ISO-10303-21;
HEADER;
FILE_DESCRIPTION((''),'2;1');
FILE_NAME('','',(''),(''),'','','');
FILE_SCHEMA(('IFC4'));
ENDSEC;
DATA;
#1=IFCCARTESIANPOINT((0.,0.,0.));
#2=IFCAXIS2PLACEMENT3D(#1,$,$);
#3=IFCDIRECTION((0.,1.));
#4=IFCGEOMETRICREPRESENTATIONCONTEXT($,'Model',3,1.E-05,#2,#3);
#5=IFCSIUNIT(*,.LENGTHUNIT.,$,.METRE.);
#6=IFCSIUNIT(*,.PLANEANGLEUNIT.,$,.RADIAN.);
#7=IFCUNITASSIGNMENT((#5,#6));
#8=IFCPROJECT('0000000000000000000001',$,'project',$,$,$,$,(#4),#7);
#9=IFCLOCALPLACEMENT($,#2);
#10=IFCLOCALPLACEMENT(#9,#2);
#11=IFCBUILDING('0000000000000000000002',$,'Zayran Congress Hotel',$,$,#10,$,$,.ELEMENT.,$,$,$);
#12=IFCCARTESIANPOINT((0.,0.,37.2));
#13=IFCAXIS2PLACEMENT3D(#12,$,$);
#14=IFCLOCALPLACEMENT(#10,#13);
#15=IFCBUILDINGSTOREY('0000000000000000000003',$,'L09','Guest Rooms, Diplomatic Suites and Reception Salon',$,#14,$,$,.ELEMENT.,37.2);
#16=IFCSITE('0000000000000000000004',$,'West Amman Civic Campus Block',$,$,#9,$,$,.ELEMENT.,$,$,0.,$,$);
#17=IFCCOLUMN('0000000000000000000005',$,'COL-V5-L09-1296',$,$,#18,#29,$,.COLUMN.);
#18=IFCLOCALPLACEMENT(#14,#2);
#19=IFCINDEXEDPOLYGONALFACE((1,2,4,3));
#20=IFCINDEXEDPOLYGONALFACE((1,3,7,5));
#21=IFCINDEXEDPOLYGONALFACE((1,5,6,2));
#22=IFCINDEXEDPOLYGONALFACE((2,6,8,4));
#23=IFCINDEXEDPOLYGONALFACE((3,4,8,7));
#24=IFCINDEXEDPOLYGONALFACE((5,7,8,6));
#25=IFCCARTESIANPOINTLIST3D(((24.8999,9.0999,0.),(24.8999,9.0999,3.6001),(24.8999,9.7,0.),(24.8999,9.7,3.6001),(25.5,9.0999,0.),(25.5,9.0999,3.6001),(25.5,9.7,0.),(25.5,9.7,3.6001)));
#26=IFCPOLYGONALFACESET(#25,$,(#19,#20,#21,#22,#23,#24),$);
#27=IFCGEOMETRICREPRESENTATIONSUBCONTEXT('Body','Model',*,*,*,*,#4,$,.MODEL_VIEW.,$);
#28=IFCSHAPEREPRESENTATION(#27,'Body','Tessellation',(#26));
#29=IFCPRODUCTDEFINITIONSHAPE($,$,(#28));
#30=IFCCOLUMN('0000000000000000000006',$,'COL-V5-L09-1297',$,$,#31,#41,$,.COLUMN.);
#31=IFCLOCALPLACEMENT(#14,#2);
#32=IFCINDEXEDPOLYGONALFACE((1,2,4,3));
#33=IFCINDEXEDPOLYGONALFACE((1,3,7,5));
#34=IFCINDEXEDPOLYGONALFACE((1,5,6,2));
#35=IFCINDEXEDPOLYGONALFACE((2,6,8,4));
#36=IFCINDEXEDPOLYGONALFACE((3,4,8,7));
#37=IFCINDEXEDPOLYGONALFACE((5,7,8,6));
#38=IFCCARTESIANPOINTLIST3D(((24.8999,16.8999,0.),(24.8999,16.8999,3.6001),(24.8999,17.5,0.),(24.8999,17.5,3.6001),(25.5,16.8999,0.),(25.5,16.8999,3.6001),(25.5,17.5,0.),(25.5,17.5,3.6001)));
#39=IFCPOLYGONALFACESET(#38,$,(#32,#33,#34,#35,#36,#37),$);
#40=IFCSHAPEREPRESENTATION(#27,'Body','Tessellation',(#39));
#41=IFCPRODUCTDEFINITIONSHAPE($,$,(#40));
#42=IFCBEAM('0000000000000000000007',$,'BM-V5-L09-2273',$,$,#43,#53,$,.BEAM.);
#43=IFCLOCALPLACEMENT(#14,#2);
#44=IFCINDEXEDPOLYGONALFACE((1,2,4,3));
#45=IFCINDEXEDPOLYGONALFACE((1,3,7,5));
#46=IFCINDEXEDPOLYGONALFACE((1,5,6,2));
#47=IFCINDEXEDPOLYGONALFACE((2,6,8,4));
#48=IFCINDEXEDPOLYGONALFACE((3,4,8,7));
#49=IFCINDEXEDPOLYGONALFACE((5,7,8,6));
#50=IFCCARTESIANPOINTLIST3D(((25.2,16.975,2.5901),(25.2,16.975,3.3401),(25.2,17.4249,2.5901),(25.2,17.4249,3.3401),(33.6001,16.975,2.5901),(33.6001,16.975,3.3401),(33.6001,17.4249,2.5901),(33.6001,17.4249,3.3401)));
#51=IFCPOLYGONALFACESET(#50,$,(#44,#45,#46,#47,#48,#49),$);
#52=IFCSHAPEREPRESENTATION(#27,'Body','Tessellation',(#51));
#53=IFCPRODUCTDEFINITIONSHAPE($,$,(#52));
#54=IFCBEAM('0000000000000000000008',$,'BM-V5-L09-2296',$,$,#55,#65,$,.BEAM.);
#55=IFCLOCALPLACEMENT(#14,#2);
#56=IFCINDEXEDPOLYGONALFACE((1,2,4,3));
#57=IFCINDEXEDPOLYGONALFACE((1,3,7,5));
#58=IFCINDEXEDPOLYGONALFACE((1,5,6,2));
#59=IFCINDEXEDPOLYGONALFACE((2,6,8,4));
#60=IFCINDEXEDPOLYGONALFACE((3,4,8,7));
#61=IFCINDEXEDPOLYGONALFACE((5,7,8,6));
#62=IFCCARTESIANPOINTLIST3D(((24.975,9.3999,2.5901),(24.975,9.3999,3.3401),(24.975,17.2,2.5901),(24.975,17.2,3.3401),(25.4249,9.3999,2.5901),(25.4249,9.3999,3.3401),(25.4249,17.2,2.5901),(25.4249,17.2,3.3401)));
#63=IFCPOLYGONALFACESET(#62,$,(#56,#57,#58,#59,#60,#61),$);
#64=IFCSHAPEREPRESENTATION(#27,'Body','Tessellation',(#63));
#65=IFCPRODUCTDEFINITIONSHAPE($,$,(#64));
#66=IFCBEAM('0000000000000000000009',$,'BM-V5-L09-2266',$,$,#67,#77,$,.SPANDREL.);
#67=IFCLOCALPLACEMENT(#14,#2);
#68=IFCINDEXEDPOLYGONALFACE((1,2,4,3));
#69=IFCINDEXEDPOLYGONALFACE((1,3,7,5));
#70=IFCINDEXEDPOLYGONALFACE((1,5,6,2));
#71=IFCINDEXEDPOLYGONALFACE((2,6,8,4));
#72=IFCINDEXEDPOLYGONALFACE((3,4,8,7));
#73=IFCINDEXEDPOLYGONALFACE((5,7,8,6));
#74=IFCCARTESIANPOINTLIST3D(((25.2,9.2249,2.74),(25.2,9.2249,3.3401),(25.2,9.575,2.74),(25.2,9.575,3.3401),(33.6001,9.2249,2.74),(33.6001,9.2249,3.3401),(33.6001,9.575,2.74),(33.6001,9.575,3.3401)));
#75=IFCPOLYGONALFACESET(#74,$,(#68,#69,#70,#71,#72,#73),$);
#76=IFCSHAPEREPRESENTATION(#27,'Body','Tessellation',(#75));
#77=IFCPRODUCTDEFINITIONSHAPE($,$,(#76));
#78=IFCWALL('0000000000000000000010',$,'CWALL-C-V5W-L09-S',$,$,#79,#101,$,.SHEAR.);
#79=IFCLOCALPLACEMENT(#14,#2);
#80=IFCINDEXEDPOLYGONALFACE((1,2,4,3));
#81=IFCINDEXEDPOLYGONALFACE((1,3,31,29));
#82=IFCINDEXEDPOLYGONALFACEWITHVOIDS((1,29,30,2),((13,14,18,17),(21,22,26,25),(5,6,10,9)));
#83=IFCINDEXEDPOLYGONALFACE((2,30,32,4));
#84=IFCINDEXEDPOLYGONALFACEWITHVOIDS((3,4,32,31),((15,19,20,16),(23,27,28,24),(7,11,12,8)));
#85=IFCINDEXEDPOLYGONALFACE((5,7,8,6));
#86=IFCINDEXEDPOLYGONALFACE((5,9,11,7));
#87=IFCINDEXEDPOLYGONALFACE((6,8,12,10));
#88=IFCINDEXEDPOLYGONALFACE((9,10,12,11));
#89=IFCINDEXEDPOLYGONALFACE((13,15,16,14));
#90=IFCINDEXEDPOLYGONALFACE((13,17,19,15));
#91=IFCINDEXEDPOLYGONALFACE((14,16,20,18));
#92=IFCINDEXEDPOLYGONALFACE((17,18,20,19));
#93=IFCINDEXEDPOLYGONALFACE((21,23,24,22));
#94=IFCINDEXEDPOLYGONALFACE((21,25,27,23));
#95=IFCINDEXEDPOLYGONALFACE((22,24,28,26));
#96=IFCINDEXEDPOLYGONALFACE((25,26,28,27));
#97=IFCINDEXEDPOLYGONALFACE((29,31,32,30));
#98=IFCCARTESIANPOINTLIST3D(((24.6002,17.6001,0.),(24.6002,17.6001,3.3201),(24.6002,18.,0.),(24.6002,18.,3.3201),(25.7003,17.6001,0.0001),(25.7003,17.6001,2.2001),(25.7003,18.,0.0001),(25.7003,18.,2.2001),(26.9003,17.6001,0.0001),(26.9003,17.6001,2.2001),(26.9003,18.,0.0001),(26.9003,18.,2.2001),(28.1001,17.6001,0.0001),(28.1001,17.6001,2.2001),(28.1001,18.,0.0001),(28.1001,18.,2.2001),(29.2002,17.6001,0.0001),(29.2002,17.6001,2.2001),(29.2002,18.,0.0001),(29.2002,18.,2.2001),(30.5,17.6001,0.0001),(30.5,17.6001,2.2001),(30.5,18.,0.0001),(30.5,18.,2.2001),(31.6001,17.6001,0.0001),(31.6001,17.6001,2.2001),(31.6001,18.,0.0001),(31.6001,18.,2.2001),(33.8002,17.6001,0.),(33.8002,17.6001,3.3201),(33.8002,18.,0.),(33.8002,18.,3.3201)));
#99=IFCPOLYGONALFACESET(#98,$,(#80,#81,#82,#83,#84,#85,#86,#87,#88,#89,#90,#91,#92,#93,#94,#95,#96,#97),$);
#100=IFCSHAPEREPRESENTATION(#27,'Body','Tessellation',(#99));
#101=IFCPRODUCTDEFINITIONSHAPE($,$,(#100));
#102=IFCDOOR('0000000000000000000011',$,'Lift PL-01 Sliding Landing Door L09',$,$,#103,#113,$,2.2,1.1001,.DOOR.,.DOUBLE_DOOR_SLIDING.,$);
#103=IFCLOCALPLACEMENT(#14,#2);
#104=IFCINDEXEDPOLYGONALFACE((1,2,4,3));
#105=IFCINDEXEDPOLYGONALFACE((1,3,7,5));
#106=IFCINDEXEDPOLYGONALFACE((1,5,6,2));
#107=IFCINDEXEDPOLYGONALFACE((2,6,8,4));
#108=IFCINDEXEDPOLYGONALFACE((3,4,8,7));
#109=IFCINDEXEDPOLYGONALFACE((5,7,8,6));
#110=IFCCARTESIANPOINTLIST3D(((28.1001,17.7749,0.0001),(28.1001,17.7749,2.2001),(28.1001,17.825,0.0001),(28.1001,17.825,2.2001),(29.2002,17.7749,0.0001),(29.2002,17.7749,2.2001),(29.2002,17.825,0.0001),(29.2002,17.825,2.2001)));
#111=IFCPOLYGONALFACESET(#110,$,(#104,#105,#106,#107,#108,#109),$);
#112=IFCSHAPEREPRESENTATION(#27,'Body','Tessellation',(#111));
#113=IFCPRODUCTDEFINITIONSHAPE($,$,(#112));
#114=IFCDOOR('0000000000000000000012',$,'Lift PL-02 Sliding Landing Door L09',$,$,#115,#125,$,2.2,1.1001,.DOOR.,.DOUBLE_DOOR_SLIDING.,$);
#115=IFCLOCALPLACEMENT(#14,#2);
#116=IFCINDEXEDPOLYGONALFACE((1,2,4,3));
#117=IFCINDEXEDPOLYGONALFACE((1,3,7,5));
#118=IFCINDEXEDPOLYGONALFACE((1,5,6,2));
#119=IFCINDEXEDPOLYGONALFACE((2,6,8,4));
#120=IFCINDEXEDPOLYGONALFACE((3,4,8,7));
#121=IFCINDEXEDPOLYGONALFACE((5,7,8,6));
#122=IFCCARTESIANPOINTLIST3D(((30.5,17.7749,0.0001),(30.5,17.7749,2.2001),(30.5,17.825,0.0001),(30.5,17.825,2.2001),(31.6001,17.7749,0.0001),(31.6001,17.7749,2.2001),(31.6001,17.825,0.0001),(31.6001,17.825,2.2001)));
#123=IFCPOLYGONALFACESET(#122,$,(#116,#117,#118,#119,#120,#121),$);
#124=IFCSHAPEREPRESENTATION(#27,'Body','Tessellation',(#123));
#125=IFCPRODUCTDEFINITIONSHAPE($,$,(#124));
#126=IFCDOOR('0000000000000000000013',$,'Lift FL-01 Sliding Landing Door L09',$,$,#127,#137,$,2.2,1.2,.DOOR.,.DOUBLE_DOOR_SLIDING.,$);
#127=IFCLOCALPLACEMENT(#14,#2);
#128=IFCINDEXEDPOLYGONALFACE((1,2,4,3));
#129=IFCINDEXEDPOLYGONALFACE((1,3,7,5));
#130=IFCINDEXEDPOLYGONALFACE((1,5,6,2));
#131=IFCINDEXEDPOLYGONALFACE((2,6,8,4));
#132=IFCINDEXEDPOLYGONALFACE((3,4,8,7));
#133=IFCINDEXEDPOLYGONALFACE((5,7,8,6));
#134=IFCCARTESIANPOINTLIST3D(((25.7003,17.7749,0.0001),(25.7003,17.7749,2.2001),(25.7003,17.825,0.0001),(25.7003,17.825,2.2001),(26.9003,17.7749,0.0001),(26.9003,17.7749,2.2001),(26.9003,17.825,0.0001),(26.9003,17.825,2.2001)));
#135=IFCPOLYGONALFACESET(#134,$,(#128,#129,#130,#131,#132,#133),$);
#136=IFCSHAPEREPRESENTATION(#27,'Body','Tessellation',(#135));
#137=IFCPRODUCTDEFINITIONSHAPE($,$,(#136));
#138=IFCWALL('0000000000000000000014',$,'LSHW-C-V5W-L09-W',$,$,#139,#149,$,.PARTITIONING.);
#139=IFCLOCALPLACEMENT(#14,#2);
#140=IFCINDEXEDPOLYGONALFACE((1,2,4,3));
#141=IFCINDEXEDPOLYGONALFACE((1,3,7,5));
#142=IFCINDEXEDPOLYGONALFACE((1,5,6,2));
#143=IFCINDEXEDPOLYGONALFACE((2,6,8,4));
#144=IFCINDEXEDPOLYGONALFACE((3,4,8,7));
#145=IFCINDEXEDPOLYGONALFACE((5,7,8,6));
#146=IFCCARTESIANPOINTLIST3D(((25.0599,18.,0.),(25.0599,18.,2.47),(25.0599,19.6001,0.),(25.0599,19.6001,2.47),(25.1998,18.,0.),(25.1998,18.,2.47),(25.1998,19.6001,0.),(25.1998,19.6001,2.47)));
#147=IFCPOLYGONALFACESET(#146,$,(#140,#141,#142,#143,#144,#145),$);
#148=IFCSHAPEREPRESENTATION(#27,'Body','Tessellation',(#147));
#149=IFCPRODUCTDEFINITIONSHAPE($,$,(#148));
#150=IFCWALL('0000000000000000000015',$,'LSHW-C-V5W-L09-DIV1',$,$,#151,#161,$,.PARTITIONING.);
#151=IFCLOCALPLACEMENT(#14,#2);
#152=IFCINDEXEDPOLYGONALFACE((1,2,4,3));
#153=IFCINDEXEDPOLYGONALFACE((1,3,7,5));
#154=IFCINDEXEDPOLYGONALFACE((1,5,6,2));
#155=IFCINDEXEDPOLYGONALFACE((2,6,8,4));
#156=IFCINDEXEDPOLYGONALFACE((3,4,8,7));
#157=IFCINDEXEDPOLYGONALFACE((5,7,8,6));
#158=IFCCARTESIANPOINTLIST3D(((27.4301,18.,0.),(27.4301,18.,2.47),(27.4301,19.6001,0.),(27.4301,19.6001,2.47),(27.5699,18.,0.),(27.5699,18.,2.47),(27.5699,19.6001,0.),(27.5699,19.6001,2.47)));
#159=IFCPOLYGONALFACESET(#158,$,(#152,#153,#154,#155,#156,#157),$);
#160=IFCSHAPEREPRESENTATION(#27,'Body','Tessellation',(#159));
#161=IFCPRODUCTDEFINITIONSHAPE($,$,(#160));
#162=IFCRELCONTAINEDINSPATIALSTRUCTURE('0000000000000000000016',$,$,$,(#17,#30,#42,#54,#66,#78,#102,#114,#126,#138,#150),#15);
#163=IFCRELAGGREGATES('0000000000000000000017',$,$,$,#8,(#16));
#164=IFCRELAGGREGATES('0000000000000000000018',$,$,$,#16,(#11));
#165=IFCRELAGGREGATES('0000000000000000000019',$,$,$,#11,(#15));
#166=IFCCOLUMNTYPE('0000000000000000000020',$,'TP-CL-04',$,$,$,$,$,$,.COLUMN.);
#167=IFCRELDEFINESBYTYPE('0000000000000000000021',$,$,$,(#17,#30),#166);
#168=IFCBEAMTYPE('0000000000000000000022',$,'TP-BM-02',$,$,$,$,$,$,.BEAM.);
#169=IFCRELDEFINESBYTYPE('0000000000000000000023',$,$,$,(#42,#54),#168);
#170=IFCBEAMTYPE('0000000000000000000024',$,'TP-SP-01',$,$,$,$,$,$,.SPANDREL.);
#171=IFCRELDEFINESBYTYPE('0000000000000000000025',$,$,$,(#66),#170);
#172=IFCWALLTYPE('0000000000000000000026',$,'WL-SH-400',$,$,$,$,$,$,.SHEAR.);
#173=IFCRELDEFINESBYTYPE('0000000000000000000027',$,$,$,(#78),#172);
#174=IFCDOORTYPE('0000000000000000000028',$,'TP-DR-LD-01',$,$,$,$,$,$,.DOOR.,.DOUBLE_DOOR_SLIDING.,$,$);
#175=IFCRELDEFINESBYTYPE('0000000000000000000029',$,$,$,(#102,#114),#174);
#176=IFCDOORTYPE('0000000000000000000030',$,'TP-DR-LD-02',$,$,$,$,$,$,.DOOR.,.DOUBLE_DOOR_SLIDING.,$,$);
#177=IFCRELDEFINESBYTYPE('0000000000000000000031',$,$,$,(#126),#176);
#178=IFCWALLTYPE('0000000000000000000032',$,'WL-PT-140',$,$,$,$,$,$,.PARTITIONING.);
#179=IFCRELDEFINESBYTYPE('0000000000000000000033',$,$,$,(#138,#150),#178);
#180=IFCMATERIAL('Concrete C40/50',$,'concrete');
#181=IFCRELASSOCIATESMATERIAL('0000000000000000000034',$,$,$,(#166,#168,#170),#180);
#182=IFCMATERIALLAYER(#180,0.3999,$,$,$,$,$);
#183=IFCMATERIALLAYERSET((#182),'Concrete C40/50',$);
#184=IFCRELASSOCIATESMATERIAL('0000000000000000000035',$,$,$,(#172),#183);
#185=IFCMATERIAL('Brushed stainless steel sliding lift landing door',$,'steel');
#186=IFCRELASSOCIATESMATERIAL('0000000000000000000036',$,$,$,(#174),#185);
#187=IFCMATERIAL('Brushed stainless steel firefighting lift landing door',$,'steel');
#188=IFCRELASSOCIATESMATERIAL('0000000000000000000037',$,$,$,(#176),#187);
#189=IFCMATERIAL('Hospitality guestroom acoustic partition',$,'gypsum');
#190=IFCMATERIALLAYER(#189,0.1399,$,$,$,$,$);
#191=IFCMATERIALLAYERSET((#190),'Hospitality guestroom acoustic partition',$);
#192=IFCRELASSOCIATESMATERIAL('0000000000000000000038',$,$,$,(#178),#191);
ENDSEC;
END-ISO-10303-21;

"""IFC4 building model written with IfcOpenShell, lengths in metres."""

from ifc_helpers import new_model, si_unit, direction, frame, frame_2d, origin, origin_2d, place, context, subcontext, project, spatial, rectangle, extrude, material, layer, layer_set, material_profile, profile_set, type_object, element, fill, save


model = new_model("IFC4")

# Units and contexts
model_context = context("Model", 3, precision=1e-05, world=origin(), true_north=direction((0.0, 1.0)))
body_context = subcontext(model_context, "Body", "Model", "MODEL_VIEW")
ifc_project = project(units=[si_unit("LENGTHUNIT", "METRE"), si_unit("PLANEANGLEUNIT", "RADIAN")], contexts=[model_context])

# Site, building, storey
site_placement = place(None, origin())
site = spatial("IfcSite", under=ifc_project, at=site_placement, Name="West Amman Civic Campus Block", CompositionType="ELEMENT", RefElevation=0.0)
building_placement = place(site_placement, origin())
building = spatial("IfcBuilding", under=site, at=building_placement, Name="Zayran Congress Hotel", CompositionType="ELEMENT")
storey_placement = place(building_placement, frame((0.0, 0.0, 37.2)))
storey = spatial("IfcBuildingStorey", under=building, at=storey_placement, Name="L09", Description="Guest Rooms, Diplomatic Suites and Reception Salon", CompositionType="ELEMENT", Elevation=37.2)

# Columns
ifc_material_1 = material(Name="Concrete C40/50", Category="concrete")
ifc_material_profile_1 = material_profile(ifc_material_1, rectangle(XDim=0.6001, YDim=0.6001, at=origin_2d()), Name="RC 600x600")
ifc_profile_set_1 = profile_set([ifc_material_profile_1], Name="Concrete C40/50")
column_type = type_object("IfcColumnType", Name="TP-CL-04", PredefinedType="COLUMN", material=ifc_profile_set_1)
for number, where, z_axis, x_axis, name in (
    (1, (25.2, 9.3999, 0.0), (0.0, 0.0, 1.0), (1.0, 0.0, 0.0), "COL-V5-L09-1296"),
    (2, (25.2, 17.2, 0.0), (0.0, 0.0, 1.0), (1.0, 0.0, 0.0), "COL-V5-L09-1297"),
):
    element("IfcColumn", number, at=place(storey_placement, frame(where, z_axis=z_axis, x_axis=x_axis)), inside=storey, type_object=column_type, Name=name, PredefinedType="COLUMN", context=body_context, shape_type="SweptSolid", body=[
        extrude(rectangle(XDim=0.6001, YDim=0.6001, at=origin_2d()), origin(), (0.0, 0.0, 1.0), 3.6001),
    ])

# Beams
ifc_material_profile_2 = material_profile(ifc_material_1, rectangle(XDim=0.45, YDim=0.75, at=origin_2d()), Name="RC 450x750")
ifc_profile_set_2 = profile_set([ifc_material_profile_2], Name="Concrete C40/50")
beam_type_1 = type_object("IfcBeamType", Name="TP-BM-02", PredefinedType="BEAM", material=ifc_profile_set_2)
beam_1_placement = place(storey_placement, frame((25.2, 17.2, 2.9651), z_axis=(1.0, 0.0, 0.0), x_axis=(0.0, 1.0, 0.0)))
element("IfcBeam", 3, at=beam_1_placement, inside=storey, type_object=beam_type_1, Name="BM-V5-L09-2273", PredefinedType="BEAM", context=body_context, shape_type="SweptSolid", body=[
    extrude(rectangle(XDim=0.45, YDim=0.75, at=origin_2d()), origin(), (0.0, 0.0, 1.0), 8.4001),
])
beam_2_placement = place(storey_placement, frame((25.2, 9.3999, 2.9651), z_axis=(0.0, 1.0, 0.0), x_axis=(-1.0, 0.0, 0.0)))
element("IfcBeam", 4, at=beam_2_placement, inside=storey, type_object=beam_type_1, Name="BM-V5-L09-2296", PredefinedType="BEAM", context=body_context, shape_type="SweptSolid", body=[
    extrude(rectangle(XDim=0.45, YDim=0.75, at=origin_2d()), origin(), (0.0, 0.0, 1.0), 7.8),
])
ifc_material_profile_3 = material_profile(ifc_material_1, rectangle(XDim=0.3501, YDim=0.6001, at=origin_2d()), Name="RC 350x600")
ifc_profile_set_3 = profile_set([ifc_material_profile_3], Name="Concrete C40/50")
beam_type_2 = type_object("IfcBeamType", Name="TP-SP-01", PredefinedType="SPANDREL", material=ifc_profile_set_3)
beam_3_placement = place(storey_placement, frame((25.2, 9.3999, 3.04), z_axis=(1.0, 0.0, 0.0), x_axis=(0.0, 1.0, 0.0)))
element("IfcBeam", 5, at=beam_3_placement, inside=storey, type_object=beam_type_2, Name="BM-V5-L09-2266", PredefinedType="SPANDREL", context=body_context, shape_type="SweptSolid", body=[
    extrude(rectangle(XDim=0.3501, YDim=0.6001, at=origin_2d()), origin(), (0.0, 0.0, 1.0), 8.4001),
])

# Wall, openings, doors
ifc_layer_1 = layer(ifc_material_1, 0.3999)
ifc_layer_set_1 = layer_set([ifc_layer_1], Name="Concrete C40/50")
wall_type_1 = type_object("IfcWallType", Name="WL-SH-400", PredefinedType="SHEAR", material=ifc_layer_set_1)
wall_1_placement = place(storey_placement, frame((24.6001, 17.8, 0.0), z_axis=(0.0, 0.0, 1.0), x_axis=(1.0, 0.0, 0.0)))
wall_1 = element("IfcWall", 6, at=wall_1_placement, inside=storey, type_object=wall_type_1, Name="CWALL-C-V5W-L09-S", PredefinedType="SHEAR", context=body_context, shape_type="SweptSolid", body=[
    extrude(rectangle(XDim=9.2, YDim=0.3999, at=frame_2d((4.6001, 0.0))), origin(), (0.0, 0.0, 1.0), 3.3201),
])
opening_1_placement = place(wall_1_placement, frame((1.1001, 0.0, 0.0)))
opening_1 = element("IfcOpeningElement", 7, at=opening_1_placement, cuts=wall_1, PredefinedType="OPENING", context=body_context, shape_type="SweptSolid", body=[
    extrude(rectangle(XDim=1.2, YDim=2.2, at=frame_2d((0.6001, 1.1001))), frame((0.0, 0.21, 0.0), z_axis=(0.0, -1.0, 0.0), x_axis=(1.0, 0.0, 0.0)), (0.0, 0.0, 1.0), 0.4199),
])
opening_2_placement = place(wall_1_placement, frame((3.5, 0.0, 0.0)))
opening_2 = element("IfcOpeningElement", 8, at=opening_2_placement, cuts=wall_1, PredefinedType="OPENING", context=body_context, shape_type="SweptSolid", body=[
    extrude(rectangle(XDim=1.1001, YDim=2.2, at=frame_2d((0.55, 1.1001))), frame((0.0, 0.21, 0.0), z_axis=(0.0, -1.0, 0.0), x_axis=(1.0, 0.0, 0.0)), (0.0, 0.0, 1.0), 0.4199),
])
opening_3_placement = place(wall_1_placement, frame((5.8999, 0.0, 0.0)))
opening_3 = element("IfcOpeningElement", 9, at=opening_3_placement, cuts=wall_1, PredefinedType="OPENING", context=body_context, shape_type="SweptSolid", body=[
    extrude(rectangle(XDim=1.1001, YDim=2.2, at=frame_2d((0.55, 1.1001))), frame((0.0, 0.21, 0.0), z_axis=(0.0, -1.0, 0.0), x_axis=(1.0, 0.0, 0.0)), (0.0, 0.0, 1.0), 0.4199),
])
ifc_material_2 = material(Name="Brushed stainless steel sliding lift landing door", Category="steel")
door_type_1 = type_object("IfcDoorType", Name="TP-DR-LD-01", OperationType="DOUBLE_DOOR_SLIDING", PredefinedType="DOOR", material=ifc_material_2)
door_1_placement = place(opening_2_placement, origin())
door_1 = element("IfcDoor", 10, at=door_1_placement, inside=storey, type_object=door_type_1, Name="Lift PL-01 Sliding Landing Door L09", OperationType="DOUBLE_DOOR_SLIDING", OverallHeight=2.2, OverallWidth=1.1001, PredefinedType="DOOR", context=body_context, shape_type="SweptSolid", body=[
    extrude(rectangle(XDim=1.1001, YDim=2.2, at=frame_2d((0.55, 1.1001))), frame((0.0, 0.0249, 0.0), z_axis=(0.0, -1.0, 0.0), x_axis=(1.0, 0.0, 0.0)), (0.0, 0.0, 1.0), 0.05),
])
fill(opening_2, door_1)
door_2_placement = place(opening_3_placement, origin())
door_2 = element("IfcDoor", 11, at=door_2_placement, inside=storey, type_object=door_type_1, Name="Lift PL-02 Sliding Landing Door L09", OperationType="DOUBLE_DOOR_SLIDING", OverallHeight=2.2, OverallWidth=1.1001, PredefinedType="DOOR", context=body_context, shape_type="SweptSolid", body=[
    extrude(rectangle(XDim=1.1001, YDim=2.2, at=frame_2d((0.55, 1.1001))), frame((0.0, 0.0249, 0.0), z_axis=(0.0, -1.0, 0.0), x_axis=(1.0, 0.0, 0.0)), (0.0, 0.0, 1.0), 0.05),
])
fill(opening_3, door_2)
ifc_material_3 = material(Name="Brushed stainless steel firefighting lift landing door", Category="steel")
door_type_2 = type_object("IfcDoorType", Name="TP-DR-LD-02", OperationType="DOUBLE_DOOR_SLIDING", PredefinedType="DOOR", material=ifc_material_3)
door_3_placement = place(opening_1_placement, origin())
door_3 = element("IfcDoor", 12, at=door_3_placement, inside=storey, type_object=door_type_2, Name="Lift FL-01 Sliding Landing Door L09", OperationType="DOUBLE_DOOR_SLIDING", OverallHeight=2.2, OverallWidth=1.2, PredefinedType="DOOR", context=body_context, shape_type="SweptSolid", body=[
    extrude(rectangle(XDim=1.2, YDim=2.2, at=frame_2d((0.6001, 1.1001))), frame((0.0, 0.0249, 0.0), z_axis=(0.0, -1.0, 0.0), x_axis=(1.0, 0.0, 0.0)), (0.0, 0.0, 1.0), 0.05),
])
fill(opening_1, door_3)

# Walls
ifc_material_4 = material(Name="Hospitality guestroom acoustic partition", Category="gypsum")
ifc_layer_2 = layer(ifc_material_4, 0.1399)
ifc_layer_set_2 = layer_set([ifc_layer_2], Name="Hospitality guestroom acoustic partition")
wall_type_2 = type_object("IfcWallType", Name="WL-PT-140", PredefinedType="PARTITIONING", material=ifc_layer_set_2)
for number, where, z_axis, x_axis, name in (
    (13, (25.1299, 18.0, 0.0), (0.0, 0.0, 1.0), (0.0, 1.0, 0.0), "LSHW-C-V5W-L09-W"),
    (14, (27.5, 18.0, 0.0), (0.0, 0.0, 1.0), (0.0, 1.0, 0.0), "LSHW-C-V5W-L09-DIV1"),
):
    element("IfcWall", number, at=place(storey_placement, frame(where, z_axis=z_axis, x_axis=x_axis)), inside=storey, type_object=wall_type_2, Name=name, PredefinedType="PARTITIONING", context=body_context, shape_type="SweptSolid", body=[
        extrude(rectangle(XDim=1.6001, YDim=0.1399, at=frame_2d((0.8, 0.0))), origin(), (0.0, 0.0, 1.0), 2.47),
    ])

save(model, "model.ifc")
